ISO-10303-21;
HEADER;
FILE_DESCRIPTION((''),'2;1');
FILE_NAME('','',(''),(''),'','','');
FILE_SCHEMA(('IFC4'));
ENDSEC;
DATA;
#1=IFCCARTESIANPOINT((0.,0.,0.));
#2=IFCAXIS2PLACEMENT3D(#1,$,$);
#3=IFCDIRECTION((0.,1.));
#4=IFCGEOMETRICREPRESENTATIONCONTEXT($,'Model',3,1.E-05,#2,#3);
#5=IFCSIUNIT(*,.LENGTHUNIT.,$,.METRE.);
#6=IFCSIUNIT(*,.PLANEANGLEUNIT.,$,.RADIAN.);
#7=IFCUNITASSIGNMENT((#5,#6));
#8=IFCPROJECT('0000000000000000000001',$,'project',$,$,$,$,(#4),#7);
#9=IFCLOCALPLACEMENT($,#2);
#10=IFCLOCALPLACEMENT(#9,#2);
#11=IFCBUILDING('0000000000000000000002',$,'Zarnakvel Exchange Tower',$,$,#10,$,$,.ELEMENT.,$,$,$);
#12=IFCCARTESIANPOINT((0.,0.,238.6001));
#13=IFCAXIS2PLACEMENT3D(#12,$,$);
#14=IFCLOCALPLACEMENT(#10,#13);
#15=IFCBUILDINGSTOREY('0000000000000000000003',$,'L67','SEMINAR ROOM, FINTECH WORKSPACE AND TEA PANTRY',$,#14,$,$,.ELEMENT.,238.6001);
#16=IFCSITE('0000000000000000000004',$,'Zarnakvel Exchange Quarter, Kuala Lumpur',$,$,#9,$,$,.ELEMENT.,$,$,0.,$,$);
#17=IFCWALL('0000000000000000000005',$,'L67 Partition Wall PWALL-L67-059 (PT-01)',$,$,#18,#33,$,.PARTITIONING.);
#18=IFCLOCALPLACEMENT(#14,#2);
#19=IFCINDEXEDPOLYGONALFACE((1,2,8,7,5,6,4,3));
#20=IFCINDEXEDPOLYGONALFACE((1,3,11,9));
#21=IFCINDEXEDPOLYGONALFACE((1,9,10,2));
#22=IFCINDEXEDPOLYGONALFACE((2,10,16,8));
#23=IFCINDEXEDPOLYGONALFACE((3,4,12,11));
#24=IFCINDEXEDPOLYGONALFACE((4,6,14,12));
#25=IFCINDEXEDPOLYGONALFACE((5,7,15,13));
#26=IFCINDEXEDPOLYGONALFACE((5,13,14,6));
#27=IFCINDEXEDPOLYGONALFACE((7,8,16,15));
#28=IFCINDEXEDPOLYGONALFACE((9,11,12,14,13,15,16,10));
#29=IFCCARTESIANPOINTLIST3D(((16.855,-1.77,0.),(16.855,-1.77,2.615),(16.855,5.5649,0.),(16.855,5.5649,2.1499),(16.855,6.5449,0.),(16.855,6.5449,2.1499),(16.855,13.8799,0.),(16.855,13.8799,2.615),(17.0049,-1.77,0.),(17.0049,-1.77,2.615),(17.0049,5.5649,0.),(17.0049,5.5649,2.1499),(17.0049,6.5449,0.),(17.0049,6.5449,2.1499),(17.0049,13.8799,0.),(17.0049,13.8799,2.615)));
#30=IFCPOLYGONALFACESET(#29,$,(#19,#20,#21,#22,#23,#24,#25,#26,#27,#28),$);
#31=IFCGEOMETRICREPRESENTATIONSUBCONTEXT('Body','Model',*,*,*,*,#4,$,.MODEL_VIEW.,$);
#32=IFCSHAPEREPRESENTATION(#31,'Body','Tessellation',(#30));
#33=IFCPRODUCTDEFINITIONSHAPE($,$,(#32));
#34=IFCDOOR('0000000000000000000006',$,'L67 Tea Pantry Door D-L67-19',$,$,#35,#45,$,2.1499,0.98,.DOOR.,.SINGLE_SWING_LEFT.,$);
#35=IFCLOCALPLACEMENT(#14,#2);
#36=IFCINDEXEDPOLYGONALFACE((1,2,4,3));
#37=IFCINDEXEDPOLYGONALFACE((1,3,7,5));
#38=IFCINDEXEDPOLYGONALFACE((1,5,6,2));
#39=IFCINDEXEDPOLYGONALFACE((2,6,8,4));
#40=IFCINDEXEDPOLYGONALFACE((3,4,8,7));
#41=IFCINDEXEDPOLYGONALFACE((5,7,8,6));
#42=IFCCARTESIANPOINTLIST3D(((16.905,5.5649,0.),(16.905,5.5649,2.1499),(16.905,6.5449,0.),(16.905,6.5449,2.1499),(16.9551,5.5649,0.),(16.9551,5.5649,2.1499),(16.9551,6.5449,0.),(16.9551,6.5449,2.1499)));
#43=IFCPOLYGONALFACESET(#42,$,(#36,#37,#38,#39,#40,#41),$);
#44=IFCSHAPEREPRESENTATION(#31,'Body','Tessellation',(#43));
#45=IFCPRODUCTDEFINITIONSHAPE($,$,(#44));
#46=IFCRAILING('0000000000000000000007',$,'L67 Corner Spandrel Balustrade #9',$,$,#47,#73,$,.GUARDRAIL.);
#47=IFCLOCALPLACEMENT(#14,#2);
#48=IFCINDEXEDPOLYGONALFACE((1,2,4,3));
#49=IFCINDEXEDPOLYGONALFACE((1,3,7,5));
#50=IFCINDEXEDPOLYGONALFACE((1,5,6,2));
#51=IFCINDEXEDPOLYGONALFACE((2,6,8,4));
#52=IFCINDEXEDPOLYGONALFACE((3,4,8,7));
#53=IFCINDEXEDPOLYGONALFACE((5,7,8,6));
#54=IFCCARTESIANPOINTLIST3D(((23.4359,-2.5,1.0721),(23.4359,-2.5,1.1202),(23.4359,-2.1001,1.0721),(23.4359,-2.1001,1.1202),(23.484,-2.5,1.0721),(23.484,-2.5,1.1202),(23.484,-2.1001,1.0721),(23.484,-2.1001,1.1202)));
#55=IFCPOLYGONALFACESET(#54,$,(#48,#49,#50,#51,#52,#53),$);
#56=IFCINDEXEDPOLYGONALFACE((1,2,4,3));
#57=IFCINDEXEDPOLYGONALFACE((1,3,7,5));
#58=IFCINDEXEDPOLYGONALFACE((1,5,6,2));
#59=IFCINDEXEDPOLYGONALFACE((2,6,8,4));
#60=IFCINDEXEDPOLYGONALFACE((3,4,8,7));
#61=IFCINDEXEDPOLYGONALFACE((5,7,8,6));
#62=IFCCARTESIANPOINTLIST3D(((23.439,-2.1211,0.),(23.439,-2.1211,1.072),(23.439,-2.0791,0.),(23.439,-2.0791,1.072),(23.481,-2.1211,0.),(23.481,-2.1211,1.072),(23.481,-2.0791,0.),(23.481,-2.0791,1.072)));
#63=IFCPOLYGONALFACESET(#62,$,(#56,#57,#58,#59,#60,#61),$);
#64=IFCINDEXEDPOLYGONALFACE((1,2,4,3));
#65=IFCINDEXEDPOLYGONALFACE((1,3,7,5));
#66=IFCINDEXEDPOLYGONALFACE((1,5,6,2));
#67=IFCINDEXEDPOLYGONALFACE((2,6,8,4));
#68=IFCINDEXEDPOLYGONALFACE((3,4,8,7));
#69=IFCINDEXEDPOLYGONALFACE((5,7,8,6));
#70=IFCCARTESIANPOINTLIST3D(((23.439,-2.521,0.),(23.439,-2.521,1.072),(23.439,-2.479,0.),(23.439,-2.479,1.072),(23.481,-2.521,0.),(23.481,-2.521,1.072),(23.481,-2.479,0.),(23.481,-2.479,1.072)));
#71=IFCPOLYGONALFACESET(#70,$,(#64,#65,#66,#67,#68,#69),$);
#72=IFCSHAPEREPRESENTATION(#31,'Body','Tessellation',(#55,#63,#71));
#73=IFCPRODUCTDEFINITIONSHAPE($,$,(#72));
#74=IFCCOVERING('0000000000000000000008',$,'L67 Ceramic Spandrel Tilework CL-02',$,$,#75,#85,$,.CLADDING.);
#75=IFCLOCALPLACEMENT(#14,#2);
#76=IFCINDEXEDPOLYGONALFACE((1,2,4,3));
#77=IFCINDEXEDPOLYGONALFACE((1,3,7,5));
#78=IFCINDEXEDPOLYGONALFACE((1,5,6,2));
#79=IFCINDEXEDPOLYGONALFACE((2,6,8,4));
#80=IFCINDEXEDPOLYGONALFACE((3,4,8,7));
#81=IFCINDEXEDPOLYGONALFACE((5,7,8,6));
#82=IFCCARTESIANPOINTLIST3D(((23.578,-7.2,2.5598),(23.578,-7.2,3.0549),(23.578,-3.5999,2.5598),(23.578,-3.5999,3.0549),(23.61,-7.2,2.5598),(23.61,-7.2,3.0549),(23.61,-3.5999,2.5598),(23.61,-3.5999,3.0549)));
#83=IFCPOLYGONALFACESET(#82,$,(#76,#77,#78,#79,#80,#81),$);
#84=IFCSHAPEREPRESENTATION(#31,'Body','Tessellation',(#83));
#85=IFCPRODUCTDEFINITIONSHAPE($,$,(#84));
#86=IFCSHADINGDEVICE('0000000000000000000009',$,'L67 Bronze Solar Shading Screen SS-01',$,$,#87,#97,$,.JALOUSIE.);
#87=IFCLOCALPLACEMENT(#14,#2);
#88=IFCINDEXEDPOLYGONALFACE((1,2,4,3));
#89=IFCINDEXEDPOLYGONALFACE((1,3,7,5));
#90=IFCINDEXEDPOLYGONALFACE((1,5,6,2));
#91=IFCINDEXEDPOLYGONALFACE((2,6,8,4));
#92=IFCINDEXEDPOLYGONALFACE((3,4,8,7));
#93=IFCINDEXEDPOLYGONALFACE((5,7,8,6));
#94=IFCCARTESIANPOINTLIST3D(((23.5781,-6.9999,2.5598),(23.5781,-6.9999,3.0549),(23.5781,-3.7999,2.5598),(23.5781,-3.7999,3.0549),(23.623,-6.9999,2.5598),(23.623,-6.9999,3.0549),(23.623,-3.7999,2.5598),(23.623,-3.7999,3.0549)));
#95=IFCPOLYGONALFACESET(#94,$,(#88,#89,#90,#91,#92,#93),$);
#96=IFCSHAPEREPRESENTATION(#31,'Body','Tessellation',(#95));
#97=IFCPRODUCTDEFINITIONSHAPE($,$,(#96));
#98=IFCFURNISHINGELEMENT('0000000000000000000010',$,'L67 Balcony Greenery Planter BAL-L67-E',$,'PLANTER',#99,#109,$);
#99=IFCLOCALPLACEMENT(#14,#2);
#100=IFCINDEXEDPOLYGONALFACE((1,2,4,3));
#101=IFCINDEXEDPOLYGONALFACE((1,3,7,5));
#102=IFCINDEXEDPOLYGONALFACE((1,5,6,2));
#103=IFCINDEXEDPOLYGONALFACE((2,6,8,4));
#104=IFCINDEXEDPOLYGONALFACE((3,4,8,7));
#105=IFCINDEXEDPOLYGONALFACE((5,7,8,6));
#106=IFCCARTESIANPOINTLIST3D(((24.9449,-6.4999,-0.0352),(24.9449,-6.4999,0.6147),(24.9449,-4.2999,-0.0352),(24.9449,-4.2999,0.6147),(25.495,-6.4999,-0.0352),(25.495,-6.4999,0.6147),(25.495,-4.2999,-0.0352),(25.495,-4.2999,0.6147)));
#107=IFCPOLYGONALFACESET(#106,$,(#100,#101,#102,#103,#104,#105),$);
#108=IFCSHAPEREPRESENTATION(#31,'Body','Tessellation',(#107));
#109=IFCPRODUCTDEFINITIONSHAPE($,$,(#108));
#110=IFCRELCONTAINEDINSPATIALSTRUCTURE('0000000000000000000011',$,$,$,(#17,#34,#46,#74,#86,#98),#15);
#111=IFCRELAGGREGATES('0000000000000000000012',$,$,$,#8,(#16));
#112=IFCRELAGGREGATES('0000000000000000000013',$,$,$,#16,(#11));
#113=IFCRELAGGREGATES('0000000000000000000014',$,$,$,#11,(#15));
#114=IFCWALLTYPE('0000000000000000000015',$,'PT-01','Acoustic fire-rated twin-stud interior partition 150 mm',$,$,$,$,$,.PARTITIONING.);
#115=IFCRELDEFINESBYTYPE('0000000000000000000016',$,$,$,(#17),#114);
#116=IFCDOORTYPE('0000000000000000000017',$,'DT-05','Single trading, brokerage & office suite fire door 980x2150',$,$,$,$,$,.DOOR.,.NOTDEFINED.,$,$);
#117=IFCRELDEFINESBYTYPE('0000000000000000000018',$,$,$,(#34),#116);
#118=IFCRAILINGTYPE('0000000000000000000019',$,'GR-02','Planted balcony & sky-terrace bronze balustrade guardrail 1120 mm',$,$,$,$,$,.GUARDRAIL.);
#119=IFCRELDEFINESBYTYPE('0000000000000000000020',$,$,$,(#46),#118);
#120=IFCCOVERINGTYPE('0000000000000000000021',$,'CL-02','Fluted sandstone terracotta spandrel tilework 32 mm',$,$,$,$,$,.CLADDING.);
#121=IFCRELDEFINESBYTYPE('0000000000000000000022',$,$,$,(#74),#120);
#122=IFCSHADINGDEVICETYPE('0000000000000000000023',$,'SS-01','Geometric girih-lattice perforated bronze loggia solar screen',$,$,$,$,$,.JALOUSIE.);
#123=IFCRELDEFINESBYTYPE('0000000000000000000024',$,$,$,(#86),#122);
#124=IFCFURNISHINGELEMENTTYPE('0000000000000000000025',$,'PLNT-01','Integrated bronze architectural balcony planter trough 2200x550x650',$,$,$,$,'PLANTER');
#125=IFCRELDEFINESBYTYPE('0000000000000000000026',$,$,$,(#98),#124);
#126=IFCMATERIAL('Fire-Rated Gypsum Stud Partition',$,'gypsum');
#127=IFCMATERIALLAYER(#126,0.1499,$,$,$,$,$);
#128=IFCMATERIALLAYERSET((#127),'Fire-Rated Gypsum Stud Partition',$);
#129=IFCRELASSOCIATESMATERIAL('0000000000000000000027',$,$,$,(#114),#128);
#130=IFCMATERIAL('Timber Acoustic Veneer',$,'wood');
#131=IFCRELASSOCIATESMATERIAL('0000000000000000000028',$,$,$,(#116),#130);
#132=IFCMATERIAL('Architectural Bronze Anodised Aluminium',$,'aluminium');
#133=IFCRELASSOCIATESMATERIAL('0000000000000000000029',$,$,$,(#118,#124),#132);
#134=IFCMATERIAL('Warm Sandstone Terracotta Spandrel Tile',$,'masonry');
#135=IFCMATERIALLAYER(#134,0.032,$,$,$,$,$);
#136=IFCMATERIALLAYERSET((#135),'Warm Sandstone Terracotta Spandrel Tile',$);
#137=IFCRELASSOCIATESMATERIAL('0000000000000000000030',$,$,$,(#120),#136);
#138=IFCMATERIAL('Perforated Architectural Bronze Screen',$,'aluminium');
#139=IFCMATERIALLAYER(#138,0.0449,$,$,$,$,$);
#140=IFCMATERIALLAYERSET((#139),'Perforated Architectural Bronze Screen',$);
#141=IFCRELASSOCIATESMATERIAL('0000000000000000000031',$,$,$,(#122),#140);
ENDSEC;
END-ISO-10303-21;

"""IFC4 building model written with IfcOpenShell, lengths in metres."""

from ifc_helpers import new_model, si_unit, direction, frame, frame_2d, origin, origin_2d, place, context, subcontext, project, spatial, rectangle, extrude, source, transform, mapped, material, layer, layer_set, type_object, element, fill, save


model = new_model("IFC4")

# Units and contexts
model_context = context("Model", 3, precision=1e-05, world=origin(), true_north=direction((0.0, 1.0)))
body_context = subcontext(model_context, "Body", "Model", "MODEL_VIEW")
ifc_project = project(units=[si_unit("LENGTHUNIT", "METRE"), si_unit("PLANEANGLEUNIT", "RADIAN")], contexts=[model_context])

# Site, building, storey
site_placement = place(None, origin())
site = spatial("IfcSite", under=ifc_project, at=site_placement, Name="Zarnakvel Exchange Quarter, Kuala Lumpur", CompositionType="ELEMENT", RefElevation=0.0)
building_placement = place(site_placement, origin())
building = spatial("IfcBuilding", under=site, at=building_placement, Name="Zarnakvel Exchange Tower", CompositionType="ELEMENT")
storey_placement = place(building_placement, frame((0.0, 0.0, 238.6001)))
storey = spatial("IfcBuildingStorey", under=building, at=storey_placement, Name="L67", Description="SEMINAR ROOM, FINTECH WORKSPACE AND TEA PANTRY", CompositionType="ELEMENT", Elevation=238.6001)

# Shared definitions
ifc_material_1 = material(Name="Architectural Bronze Anodised Aluminium", Category="aluminium")

# Shared definitions
ifc_material_2 = material(Name="Fire-Rated Gypsum Stud Partition", Category="gypsum")
ifc_layer_1 = layer(ifc_material_2, 0.1499)
ifc_layer_set_1 = layer_set([ifc_layer_1], Name="Fire-Rated Gypsum Stud Partition")
wall_type_1 = type_object("IfcWallType", Name="PT-01", Description="Acoustic fire-rated twin-stud interior partition 150 mm", PredefinedType="PARTITIONING", material=ifc_layer_set_1)

# Shared definitions
ifc_material_3 = material(Name="Timber Acoustic Veneer", Category="wood")
door_type_1 = type_object("IfcDoorType", Name="DT-05", Description="Single trading, brokerage & office suite fire door 980x2150", OperationType="NOTDEFINED", PredefinedType="DOOR", material=ifc_material_3)
shared_shape_1 = source(origin(), body_context, "Body", "SweptSolid", [
    extrude(rectangle(XDim=0.98, YDim=2.1499, at=frame_2d((0.49, 1.075))), frame((0.0, 0.0249, 0.0), z_axis=(0.0, -1.0, 0.0), x_axis=(1.0, 0.0, 0.0)), (0.0, 0.0, 1.0), 0.05),
])

# Wall, opening, door
wall_1_placement = place(storey_placement, frame((16.9299, -1.77, 0.0), z_axis=(0.0, 0.0, 1.0), x_axis=(0.0, 1.0, 0.0)))
wall_1 = element("IfcWall", 1, at=wall_1_placement, inside=storey, type_object=wall_type_1, Name="L67 Partition Wall PWALL-L67-059 (PT-01)", PredefinedType="PARTITIONING", context=body_context, shape_type="SweptSolid", body=[
    extrude(rectangle(XDim=15.6499, YDim=0.1499, at=frame_2d((7.825, 0.0))), origin(), (0.0, 0.0, 1.0), 2.615),
])
opening_1_placement = place(wall_1_placement, frame((7.335, 0.0, 0.0)))
opening_1 = element("IfcOpeningElement", 2, at=opening_1_placement, cuts=wall_1, PredefinedType="OPENING", context=body_context, shape_type="SweptSolid", body=[
    extrude(rectangle(XDim=0.98, YDim=2.1499, at=frame_2d((0.49, 1.075))), frame((0.0, 0.085, 0.0), z_axis=(0.0, -1.0, 0.0), x_axis=(1.0, 0.0, 0.0)), (0.0, 0.0, 1.0), 0.1699),
])
door_1_placement = place(opening_1_placement, origin())
door_1 = element("IfcDoor", 3, at=door_1_placement, inside=storey, type_object=door_type_1, Name="L67 Tea Pantry Door D-L67-19", OperationType="SINGLE_SWING_LEFT", OverallHeight=2.1499, OverallWidth=0.98, PredefinedType="DOOR", context=body_context, shape_type="MappedRepresentation", body=[
    mapped(shared_shape_1, transform((0.0, 0.0, 0.0), x_axis=(1.0, 0.0, 0.0), y_axis=(0.0, 1.0, 0.0), z_axis=(0.0, 0.0, 1.0), scale=1.0)),
])
fill(opening_1, door_1)

# Railing
railing_type = type_object("IfcRailingType", Name="GR-02", Description="Planted balcony & sky-terrace bronze balustrade guardrail 1120 mm", PredefinedType="GUARDRAIL", material=ifc_material_1)
railing_placement = place(storey_placement, frame((23.46, -2.1001, 0.0)))
element("IfcRailing", 4, at=railing_placement, inside=storey, type_object=railing_type, Name="L67 Corner Spandrel Balustrade #9", PredefinedType="GUARDRAIL", context=body_context, shape_type="SweptSolid", body=[
    extrude(rectangle(XDim=0.0481, YDim=0.0481, at=origin_2d()), frame((0.0, 0.0, 1.0962), z_axis=(0.0, -1.0, 0.0), x_axis=(1.0, 0.0, 0.0)), (0.0, 0.0, 1.0), 0.3999),
    extrude(rectangle(XDim=0.042, YDim=0.042, at=origin_2d()), origin(), (0.0, 0.0, 1.0), 1.072),
    extrude(rectangle(XDim=0.042, YDim=0.042, at=origin_2d()), frame((0.0, -0.3999, 0.0)), (0.0, 0.0, 1.0), 1.072),
])

# Covering
ifc_material_4 = material(Name="Warm Sandstone Terracotta Spandrel Tile", Category="masonry")
ifc_layer_2 = layer(ifc_material_4, 0.032)
ifc_layer_set_2 = layer_set([ifc_layer_2], Name="Warm Sandstone Terracotta Spandrel Tile")
covering_type = type_object("IfcCoveringType", Name="CL-02", Description="Fluted sandstone terracotta spandrel tilework 32 mm", PredefinedType="CLADDING", material=ifc_layer_set_2)
shared_shape_2 = source(origin(), body_context, "Body", "SweptSolid", [
    extrude(rectangle(XDim=3.6001, YDim=0.032, at=origin_2d()), origin(), (0.0, 0.0, 1.0), 0.4951),
])
covering_placement = place(storey_placement, frame((23.594, -5.3999, 2.5598), z_axis=(0.0, 0.0, 1.0), x_axis=(0.0, -1.0, 0.0)))
element("IfcCovering", 5, at=covering_placement, inside=storey, type_object=covering_type, Name="L67 Ceramic Spandrel Tilework CL-02", PredefinedType="CLADDING", context=body_context, shape_type="MappedRepresentation", body=[
    mapped(shared_shape_2, transform((0.0, 0.0, 0.0), x_axis=(1.0, 0.0, 0.0), y_axis=(0.0, 1.0, 0.0), z_axis=(0.0, 0.0, 1.0), scale=1.0)),
])

# Shading device
ifc_material_5 = material(Name="Perforated Architectural Bronze Screen", Category="aluminium")
ifc_layer_3 = layer(ifc_material_5, 0.0449)
ifc_layer_set_3 = layer_set([ifc_layer_3], Name="Perforated Architectural Bronze Screen")
shading_device_type = type_object("IfcShadingDeviceType", Name="SS-01", Description="Geometric girih-lattice perforated bronze loggia solar screen", PredefinedType="JALOUSIE", material=ifc_layer_set_3)
shared_shape_3 = source(origin(), body_context, "Body", "SweptSolid", [
    extrude(rectangle(XDim=3.2, YDim=0.0449, at=origin_2d()), origin(), (0.0, 0.0, 1.0), 0.4951),
])
shading_device_placement = place(storey_placement, frame((23.6006, -5.3999, 2.5598), z_axis=(0.0, 0.0, 1.0), x_axis=(0.0, -1.0, 0.0)))
element("IfcShadingDevice", 6, at=shading_device_placement, inside=storey, type_object=shading_device_type, Name="L67 Bronze Solar Shading Screen SS-01", PredefinedType="JALOUSIE", context=body_context, shape_type="MappedRepresentation", body=[
    mapped(shared_shape_3, transform((0.0, 0.0, 0.0), x_axis=(1.0, 0.0, 0.0), y_axis=(0.0, 1.0, 0.0), z_axis=(0.0, 0.0, 1.0), scale=1.0)),
])

# Furnishing element
furnishing_element_type = type_object("IfcFurnishingElementType", Name="PLNT-01", Description="Integrated bronze architectural balcony planter trough 2200x550x650", ElementType="PLANTER", material=ifc_material_1)
shared_shape_4 = source(origin(), body_context, "Body", "SweptSolid", [
    extrude(rectangle(XDim=2.2, YDim=0.55, at=origin_2d()), origin(), (0.0, 0.0, 1.0), 0.6499),
])
furnishing_placement = place(storey_placement, frame((25.22, -5.3999, -0.0352), z_axis=(0.0, 0.0, 1.0), x_axis=(0.0, 1.0, 0.0)))
element("IfcFurnishingElement", 7, at=furnishing_placement, inside=storey, type_object=furnishing_element_type, Name="L67 Balcony Greenery Planter BAL-L67-E", ObjectType="PLANTER", context=body_context, shape_type="MappedRepresentation", body=[
    mapped(shared_shape_4, transform((0.0, 0.0, 0.0), x_axis=(1.0, 0.0, 0.0), y_axis=(0.0, 1.0, 0.0), z_axis=(0.0, 0.0, 1.0), scale=1.0)),
])

save(model, "model.ifc")
